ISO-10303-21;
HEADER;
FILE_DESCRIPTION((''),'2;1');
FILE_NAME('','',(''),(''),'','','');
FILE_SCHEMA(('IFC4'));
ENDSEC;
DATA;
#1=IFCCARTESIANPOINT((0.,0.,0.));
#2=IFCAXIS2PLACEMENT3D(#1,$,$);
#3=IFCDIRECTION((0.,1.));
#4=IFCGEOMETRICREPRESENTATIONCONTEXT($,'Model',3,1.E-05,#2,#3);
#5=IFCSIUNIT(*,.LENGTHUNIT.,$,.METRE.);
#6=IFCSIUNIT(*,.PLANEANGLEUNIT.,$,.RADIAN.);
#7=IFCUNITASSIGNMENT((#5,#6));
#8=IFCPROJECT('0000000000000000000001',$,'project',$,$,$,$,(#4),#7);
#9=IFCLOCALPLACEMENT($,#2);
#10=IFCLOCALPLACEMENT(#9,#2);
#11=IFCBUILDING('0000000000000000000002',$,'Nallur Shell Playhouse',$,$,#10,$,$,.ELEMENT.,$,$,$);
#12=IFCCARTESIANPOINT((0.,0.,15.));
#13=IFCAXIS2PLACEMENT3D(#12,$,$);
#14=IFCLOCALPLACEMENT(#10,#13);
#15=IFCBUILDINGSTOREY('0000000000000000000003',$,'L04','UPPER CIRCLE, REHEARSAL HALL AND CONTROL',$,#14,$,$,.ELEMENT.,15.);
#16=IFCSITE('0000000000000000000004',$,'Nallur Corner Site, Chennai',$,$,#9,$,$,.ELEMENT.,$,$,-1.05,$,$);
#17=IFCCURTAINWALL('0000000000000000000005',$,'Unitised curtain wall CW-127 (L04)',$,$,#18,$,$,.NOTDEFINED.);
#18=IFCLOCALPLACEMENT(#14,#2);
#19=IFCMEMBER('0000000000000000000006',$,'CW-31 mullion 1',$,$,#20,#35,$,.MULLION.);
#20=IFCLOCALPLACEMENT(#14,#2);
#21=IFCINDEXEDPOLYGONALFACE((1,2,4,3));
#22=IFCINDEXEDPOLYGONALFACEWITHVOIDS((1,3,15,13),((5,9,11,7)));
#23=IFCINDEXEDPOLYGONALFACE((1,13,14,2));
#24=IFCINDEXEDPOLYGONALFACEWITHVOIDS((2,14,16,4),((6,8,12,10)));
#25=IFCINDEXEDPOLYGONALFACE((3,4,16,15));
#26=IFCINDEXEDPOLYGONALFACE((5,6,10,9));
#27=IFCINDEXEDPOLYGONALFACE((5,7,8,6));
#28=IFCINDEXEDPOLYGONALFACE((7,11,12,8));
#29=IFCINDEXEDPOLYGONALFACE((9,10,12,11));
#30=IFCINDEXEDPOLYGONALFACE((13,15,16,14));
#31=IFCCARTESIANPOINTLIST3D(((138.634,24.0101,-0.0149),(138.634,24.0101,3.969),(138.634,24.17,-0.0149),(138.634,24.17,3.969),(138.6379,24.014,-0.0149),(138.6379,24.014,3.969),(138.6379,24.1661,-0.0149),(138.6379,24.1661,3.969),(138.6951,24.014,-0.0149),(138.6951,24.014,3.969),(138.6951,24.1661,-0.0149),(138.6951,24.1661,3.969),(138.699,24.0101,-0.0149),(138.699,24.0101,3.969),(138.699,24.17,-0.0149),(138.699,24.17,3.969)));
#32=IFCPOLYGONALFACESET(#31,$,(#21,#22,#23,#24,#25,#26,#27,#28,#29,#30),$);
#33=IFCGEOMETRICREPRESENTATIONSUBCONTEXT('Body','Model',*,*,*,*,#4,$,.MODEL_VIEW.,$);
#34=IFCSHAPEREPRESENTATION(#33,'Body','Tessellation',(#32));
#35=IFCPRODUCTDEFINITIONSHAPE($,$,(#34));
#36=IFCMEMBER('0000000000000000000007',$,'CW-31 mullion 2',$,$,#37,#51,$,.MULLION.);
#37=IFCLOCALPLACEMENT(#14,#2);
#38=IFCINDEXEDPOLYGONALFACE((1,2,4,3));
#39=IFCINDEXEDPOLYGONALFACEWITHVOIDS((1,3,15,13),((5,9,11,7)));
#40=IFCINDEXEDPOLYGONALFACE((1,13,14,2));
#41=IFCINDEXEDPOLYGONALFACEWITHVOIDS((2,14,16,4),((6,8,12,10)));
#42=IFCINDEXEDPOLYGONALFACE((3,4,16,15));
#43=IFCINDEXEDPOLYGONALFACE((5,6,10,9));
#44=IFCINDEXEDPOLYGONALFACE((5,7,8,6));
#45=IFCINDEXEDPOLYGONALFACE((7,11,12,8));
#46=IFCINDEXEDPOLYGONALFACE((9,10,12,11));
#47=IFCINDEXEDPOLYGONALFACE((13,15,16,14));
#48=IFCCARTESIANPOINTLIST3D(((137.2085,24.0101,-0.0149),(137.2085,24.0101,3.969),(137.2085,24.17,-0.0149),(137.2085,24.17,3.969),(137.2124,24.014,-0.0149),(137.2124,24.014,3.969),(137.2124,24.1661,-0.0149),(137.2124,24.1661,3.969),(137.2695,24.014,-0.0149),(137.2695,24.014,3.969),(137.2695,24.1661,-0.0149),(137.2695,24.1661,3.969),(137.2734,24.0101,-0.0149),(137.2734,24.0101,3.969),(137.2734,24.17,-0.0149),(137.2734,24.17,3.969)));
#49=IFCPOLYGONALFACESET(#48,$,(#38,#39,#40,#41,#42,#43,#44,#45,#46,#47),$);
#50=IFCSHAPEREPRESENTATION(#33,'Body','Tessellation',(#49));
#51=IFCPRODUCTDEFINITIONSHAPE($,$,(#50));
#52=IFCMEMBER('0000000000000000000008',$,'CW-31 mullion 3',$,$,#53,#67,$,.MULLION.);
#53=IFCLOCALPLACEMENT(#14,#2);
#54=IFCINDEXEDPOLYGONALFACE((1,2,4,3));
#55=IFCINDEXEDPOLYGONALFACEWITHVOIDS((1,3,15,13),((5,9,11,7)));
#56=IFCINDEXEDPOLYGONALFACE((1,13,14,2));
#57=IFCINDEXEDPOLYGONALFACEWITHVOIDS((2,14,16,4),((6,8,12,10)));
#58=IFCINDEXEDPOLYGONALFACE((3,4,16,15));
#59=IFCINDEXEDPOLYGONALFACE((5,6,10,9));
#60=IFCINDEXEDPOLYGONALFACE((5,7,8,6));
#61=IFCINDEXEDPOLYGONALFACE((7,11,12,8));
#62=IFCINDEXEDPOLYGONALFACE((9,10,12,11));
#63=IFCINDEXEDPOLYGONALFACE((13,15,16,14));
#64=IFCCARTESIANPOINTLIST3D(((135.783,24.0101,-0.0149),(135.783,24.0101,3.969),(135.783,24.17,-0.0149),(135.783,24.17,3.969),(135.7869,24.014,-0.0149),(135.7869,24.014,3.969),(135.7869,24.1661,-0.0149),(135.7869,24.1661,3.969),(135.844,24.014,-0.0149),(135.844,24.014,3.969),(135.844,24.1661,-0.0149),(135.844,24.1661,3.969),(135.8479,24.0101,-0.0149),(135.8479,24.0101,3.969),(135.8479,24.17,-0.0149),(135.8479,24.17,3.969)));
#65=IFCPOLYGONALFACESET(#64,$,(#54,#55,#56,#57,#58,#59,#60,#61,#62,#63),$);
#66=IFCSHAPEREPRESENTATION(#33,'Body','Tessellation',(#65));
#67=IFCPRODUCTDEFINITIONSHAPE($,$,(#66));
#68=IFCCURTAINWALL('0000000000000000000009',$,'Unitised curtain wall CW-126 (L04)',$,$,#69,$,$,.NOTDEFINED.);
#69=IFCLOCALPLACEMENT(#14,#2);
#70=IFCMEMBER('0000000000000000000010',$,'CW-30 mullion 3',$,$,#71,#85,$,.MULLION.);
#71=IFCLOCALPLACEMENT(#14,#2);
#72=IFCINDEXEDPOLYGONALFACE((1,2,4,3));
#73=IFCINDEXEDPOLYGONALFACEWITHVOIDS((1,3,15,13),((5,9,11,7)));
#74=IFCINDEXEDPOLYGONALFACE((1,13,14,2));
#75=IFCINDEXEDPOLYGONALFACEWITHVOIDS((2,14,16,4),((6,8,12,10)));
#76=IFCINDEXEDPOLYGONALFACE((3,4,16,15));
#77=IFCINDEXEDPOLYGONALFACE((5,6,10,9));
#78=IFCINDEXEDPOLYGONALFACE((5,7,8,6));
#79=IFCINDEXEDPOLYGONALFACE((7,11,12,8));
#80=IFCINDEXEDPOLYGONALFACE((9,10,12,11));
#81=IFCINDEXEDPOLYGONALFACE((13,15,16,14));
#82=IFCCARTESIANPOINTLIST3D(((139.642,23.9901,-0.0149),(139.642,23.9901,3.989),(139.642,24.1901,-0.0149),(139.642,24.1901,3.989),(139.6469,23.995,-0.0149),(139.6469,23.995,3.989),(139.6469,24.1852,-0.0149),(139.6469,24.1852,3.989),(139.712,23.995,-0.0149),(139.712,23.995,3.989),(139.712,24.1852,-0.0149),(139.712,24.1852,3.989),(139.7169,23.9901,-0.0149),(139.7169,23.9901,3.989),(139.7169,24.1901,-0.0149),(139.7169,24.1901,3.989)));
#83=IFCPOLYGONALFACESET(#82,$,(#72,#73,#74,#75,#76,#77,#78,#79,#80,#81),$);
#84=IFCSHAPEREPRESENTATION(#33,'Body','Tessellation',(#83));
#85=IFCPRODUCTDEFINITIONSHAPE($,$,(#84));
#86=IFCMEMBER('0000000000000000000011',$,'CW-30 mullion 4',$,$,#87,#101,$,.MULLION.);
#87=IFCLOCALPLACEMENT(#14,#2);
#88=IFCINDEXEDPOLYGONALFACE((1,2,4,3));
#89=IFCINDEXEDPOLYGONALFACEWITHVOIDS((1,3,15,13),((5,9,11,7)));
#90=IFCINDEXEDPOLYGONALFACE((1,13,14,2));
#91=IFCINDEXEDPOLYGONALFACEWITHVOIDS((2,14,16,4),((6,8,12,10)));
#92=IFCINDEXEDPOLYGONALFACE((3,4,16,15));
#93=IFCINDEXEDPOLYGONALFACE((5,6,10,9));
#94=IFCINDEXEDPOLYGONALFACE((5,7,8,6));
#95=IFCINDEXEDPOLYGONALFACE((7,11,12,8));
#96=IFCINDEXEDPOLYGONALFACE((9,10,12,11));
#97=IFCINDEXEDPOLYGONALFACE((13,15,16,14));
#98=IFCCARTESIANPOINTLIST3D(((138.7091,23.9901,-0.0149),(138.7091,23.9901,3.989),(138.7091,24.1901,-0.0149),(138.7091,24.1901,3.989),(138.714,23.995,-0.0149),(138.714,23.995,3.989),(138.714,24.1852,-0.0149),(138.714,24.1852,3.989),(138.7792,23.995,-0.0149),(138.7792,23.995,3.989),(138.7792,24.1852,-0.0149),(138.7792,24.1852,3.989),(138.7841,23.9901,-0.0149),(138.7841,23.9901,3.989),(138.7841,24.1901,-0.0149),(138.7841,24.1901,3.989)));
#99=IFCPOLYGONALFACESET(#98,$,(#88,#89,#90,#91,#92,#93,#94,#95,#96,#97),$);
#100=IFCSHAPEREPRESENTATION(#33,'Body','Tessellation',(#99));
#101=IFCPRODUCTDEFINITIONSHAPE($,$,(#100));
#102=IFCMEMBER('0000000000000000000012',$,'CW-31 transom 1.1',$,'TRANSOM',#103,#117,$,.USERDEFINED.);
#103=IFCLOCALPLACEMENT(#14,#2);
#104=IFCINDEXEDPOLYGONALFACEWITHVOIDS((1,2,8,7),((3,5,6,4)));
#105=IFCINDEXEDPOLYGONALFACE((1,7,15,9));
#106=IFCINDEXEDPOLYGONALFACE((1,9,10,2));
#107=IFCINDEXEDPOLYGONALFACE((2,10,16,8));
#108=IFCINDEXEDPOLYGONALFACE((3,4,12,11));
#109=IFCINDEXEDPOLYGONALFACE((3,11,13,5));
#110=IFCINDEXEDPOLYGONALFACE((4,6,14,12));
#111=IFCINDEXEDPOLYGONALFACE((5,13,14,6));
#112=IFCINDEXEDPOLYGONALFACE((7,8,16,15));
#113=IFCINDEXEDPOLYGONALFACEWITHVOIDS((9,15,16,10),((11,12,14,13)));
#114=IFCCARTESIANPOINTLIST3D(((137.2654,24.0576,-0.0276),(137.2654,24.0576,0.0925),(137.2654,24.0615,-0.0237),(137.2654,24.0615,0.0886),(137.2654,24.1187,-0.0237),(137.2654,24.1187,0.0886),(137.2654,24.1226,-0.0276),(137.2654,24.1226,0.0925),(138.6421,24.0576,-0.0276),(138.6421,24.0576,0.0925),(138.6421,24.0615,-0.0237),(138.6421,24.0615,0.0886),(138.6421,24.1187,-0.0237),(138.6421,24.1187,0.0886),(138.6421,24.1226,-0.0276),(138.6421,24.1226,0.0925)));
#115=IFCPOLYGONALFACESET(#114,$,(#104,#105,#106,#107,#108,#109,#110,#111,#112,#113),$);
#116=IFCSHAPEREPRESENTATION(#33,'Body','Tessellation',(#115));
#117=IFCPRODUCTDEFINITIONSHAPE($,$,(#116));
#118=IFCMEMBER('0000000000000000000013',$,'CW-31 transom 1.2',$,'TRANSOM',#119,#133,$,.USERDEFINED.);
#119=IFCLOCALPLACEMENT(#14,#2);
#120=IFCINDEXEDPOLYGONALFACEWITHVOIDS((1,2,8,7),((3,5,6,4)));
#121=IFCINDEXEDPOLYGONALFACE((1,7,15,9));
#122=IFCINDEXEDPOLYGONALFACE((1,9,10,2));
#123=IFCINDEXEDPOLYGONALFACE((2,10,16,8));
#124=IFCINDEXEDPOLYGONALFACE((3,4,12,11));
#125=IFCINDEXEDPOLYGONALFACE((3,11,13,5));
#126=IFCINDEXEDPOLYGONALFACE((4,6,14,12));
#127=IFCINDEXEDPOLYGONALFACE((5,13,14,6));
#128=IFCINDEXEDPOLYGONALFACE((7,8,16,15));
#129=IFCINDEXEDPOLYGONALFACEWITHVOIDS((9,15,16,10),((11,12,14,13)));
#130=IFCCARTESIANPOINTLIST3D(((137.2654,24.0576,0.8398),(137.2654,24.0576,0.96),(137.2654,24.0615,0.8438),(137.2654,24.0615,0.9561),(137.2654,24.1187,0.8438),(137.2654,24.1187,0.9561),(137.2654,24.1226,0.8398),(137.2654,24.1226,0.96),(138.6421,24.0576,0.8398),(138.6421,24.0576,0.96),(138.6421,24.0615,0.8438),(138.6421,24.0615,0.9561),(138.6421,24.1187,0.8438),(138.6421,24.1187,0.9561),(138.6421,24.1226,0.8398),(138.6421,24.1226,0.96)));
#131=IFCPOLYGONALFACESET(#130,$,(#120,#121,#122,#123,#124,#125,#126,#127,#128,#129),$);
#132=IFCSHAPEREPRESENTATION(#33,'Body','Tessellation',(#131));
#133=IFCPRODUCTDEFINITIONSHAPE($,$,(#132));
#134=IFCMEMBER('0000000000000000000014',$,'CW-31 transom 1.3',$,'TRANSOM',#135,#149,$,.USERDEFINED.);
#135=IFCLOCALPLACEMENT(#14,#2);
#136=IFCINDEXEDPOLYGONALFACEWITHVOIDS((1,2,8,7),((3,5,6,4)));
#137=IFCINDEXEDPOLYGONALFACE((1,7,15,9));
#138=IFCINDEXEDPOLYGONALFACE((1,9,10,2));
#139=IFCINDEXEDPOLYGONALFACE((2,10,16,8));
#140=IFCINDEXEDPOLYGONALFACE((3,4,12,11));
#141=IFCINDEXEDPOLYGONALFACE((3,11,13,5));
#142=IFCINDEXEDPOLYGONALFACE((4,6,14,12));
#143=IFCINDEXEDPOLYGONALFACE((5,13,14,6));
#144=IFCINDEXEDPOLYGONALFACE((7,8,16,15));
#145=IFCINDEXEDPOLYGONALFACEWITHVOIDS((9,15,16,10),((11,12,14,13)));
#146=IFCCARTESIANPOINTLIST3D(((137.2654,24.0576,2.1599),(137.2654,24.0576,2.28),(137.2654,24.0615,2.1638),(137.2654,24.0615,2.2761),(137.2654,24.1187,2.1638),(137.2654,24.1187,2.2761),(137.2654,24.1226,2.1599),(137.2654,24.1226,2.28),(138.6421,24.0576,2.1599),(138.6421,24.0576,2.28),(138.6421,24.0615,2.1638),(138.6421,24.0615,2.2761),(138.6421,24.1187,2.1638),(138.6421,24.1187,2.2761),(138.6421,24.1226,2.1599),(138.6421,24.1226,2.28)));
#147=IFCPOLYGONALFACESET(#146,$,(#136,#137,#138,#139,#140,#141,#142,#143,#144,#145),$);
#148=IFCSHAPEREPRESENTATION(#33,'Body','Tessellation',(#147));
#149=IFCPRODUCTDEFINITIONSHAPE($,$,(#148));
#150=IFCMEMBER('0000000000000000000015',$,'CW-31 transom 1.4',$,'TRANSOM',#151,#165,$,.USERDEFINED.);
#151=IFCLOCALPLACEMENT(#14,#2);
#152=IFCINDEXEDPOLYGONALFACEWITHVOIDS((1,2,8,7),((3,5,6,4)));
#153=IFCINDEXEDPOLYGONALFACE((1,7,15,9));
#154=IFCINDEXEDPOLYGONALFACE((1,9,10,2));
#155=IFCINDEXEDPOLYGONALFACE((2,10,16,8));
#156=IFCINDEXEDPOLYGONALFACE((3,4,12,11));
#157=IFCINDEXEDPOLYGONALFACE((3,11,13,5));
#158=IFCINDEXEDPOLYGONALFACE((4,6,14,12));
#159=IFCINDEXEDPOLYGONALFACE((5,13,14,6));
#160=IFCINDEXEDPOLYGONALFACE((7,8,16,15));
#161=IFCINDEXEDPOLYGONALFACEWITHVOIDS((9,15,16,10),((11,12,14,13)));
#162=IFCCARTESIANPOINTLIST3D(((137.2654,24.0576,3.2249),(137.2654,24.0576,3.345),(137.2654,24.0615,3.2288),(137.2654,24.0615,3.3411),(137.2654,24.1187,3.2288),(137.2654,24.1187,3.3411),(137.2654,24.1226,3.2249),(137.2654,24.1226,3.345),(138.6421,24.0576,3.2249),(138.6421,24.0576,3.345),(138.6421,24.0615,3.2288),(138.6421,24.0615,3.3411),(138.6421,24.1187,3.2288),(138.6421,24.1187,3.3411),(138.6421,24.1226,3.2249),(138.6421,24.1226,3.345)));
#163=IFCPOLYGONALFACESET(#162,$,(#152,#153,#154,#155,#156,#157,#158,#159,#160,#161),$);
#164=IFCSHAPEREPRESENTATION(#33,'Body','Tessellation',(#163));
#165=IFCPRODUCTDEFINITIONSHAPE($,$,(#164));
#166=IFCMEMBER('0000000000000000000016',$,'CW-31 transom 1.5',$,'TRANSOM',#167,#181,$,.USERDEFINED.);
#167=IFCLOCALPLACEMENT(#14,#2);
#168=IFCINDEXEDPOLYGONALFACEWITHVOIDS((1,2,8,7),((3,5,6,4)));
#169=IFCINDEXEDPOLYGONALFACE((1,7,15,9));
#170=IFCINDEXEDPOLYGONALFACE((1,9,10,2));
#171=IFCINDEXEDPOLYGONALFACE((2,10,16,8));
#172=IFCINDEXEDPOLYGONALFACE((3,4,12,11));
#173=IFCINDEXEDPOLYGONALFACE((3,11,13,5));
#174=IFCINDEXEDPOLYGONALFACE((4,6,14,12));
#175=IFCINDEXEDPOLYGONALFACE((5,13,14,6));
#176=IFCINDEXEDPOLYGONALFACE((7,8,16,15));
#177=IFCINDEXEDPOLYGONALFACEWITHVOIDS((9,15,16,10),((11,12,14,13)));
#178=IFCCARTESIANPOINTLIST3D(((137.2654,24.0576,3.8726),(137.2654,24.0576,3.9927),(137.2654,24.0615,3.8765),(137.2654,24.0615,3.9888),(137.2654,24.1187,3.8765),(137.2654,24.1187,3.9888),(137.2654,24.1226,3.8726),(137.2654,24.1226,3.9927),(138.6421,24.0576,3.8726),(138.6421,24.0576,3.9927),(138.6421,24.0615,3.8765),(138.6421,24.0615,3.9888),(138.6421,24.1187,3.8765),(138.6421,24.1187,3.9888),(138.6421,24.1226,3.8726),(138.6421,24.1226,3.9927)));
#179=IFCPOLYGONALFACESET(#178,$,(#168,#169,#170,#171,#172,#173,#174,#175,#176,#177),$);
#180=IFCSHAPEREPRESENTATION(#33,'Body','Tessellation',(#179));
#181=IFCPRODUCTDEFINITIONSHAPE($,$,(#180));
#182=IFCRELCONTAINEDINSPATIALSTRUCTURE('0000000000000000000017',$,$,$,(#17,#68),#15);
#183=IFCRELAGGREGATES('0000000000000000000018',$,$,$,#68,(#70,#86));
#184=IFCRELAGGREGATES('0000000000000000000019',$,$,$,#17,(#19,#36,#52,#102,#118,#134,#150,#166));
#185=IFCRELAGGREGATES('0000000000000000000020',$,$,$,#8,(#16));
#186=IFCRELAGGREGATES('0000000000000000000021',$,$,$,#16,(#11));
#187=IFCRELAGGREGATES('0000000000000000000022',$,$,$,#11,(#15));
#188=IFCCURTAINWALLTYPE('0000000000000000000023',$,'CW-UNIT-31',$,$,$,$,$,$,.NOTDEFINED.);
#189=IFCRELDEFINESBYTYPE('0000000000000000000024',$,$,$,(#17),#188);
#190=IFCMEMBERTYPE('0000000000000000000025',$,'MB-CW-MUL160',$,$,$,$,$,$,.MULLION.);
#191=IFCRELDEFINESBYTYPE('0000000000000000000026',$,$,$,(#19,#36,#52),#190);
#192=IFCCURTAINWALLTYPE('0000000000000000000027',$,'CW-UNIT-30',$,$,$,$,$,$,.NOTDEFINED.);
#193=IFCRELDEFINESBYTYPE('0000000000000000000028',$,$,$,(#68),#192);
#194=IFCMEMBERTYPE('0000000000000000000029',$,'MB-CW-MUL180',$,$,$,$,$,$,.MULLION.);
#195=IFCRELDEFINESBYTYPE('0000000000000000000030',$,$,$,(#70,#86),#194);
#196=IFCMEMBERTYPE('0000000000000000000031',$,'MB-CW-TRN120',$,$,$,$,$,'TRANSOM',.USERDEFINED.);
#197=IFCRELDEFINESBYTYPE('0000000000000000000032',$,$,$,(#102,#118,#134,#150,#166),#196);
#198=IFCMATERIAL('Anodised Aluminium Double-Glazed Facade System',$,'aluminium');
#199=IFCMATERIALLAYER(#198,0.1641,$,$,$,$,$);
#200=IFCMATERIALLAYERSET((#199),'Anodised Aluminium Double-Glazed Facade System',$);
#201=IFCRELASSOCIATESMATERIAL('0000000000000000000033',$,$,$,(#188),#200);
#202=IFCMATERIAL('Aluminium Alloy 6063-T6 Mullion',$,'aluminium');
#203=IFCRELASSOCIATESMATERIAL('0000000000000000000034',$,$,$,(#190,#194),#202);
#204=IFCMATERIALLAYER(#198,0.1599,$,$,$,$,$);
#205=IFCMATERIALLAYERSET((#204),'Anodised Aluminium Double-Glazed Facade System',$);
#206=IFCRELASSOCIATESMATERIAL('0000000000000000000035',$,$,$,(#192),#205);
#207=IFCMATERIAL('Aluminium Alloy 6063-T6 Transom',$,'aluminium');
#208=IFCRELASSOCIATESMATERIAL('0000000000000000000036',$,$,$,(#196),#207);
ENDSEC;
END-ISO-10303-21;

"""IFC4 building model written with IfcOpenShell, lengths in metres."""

from ifc_helpers import new_model, si_unit, direction, frame, origin, origin_2d, place, context, subcontext, project, spatial, hollow_rectangle, extrude, material, layer, layer_set, material_profile, profile_set, type_object, element, aggregate, save


model = new_model("IFC4")

# Units and contexts
model_context = context("Model", 3, precision=1e-05, world=origin(), true_north=direction((0.0, 1.0)))
body_context = subcontext(model_context, "Body", "Model", "MODEL_VIEW")
ifc_project = project(units=[si_unit("LENGTHUNIT", "METRE"), si_unit("PLANEANGLEUNIT", "RADIAN")], contexts=[model_context])

# Site, building, storey
site_placement = place(None, origin())
site = spatial("IfcSite", under=ifc_project, at=site_placement, Name="Nallur Corner Site, Chennai", CompositionType="ELEMENT", RefElevation=-1.05)
building_placement = place(site_placement, origin())
building = spatial("IfcBuilding", under=site, at=building_placement, Name="Nallur Shell Playhouse", CompositionType="ELEMENT")
storey_placement = place(building_placement, frame((0.0, 0.0, 15.0)))
storey = spatial("IfcBuildingStorey", under=building, at=storey_placement, Name="L04", Description="UPPER CIRCLE, REHEARSAL HALL AND CONTROL", CompositionType="ELEMENT", Elevation=15.0)

# Curtain walls, members
ifc_material_1 = material(Name="Anodised Aluminium Double-Glazed Facade System", Category="aluminium")
ifc_layer_1 = layer(ifc_material_1, 0.1641)
ifc_layer_set_1 = layer_set([ifc_layer_1], Name="Anodised Aluminium Double-Glazed Facade System")
curtain_wall_type_1 = type_object("IfcCurtainWallType", Name="CW-UNIT-31", PredefinedType="NOTDEFINED", material=ifc_layer_set_1)
curtain_wall_1_placement = place(storey_placement, origin())
curtain_wall_1 = element("IfcCurtainWall", 1, at=curtain_wall_1_placement, inside=storey, type_object=curtain_wall_type_1, Name="Unitised curtain wall CW-127 (L04)", PredefinedType="NOTDEFINED")
ifc_material_2 = material(Name="Aluminium Alloy 6063-T6 Mullion", Category="aluminium")
ifc_material_profile_1 = material_profile(ifc_material_2, hollow_rectangle(XDim=0.0649, YDim=0.1599, WallThickness=0.0039, at=origin_2d()), Name="ALU 65x160x4")
ifc_profile_set_1 = profile_set([ifc_material_profile_1], Name="Aluminium Alloy 6063-T6 Mullion")
member_type_1 = type_object("IfcMemberType", Name="MB-CW-MUL160", PredefinedType="MULLION", material=ifc_profile_set_1)
member_1_placement = place(storey_placement, frame((138.6665, 24.0901, -0.0149), z_axis=(0.0, 0.0, 1.0), x_axis=(-1.0, 0.0, 0.0)))
member_1 = element("IfcMember", 2, at=member_1_placement, type_object=member_type_1, Name="CW-31 mullion 1", PredefinedType="MULLION", context=body_context, shape_type="SweptSolid", body=[
    extrude(hollow_rectangle(XDim=0.0649, YDim=0.1599, WallThickness=0.0039, at=origin_2d()), origin(), (0.0, 0.0, 1.0), 3.9839),
])
member_2_placement = place(storey_placement, frame((137.241, 24.0901, -0.0149), z_axis=(0.0, 0.0, 1.0), x_axis=(-1.0, 0.0, 0.0)))
member_2 = element("IfcMember", 3, at=member_2_placement, type_object=member_type_1, Name="CW-31 mullion 2", PredefinedType="MULLION", context=body_context, shape_type="SweptSolid", body=[
    extrude(hollow_rectangle(XDim=0.0649, YDim=0.1599, WallThickness=0.0039, at=origin_2d()), origin(), (0.0, 0.0, 1.0), 3.9839),
])
member_3_placement = place(storey_placement, frame((135.8154, 24.0901, -0.0149), z_axis=(0.0, 0.0, 1.0), x_axis=(-1.0, 0.0, 0.0)))
member_3 = element("IfcMember", 4, at=member_3_placement, type_object=member_type_1, Name="CW-31 mullion 3", PredefinedType="MULLION", context=body_context, shape_type="SweptSolid", body=[
    extrude(hollow_rectangle(XDim=0.0649, YDim=0.1599, WallThickness=0.0039, at=origin_2d()), origin(), (0.0, 0.0, 1.0), 3.9839),
])
ifc_layer_2 = layer(ifc_material_1, 0.1599)
ifc_layer_set_2 = layer_set([ifc_layer_2], Name="Anodised Aluminium Double-Glazed Facade System")
curtain_wall_type_2 = type_object("IfcCurtainWallType", Name="CW-UNIT-30", PredefinedType="NOTDEFINED", material=ifc_layer_set_2)
curtain_wall_2_placement = place(storey_placement, origin())
curtain_wall_2 = element("IfcCurtainWall", 5, at=curtain_wall_2_placement, inside=storey, type_object=curtain_wall_type_2, Name="Unitised curtain wall CW-126 (L04)", PredefinedType="NOTDEFINED")
ifc_material_profile_2 = material_profile(ifc_material_2, hollow_rectangle(XDim=0.075, YDim=0.2, WallThickness=0.0049, at=origin_2d()), Name="ALU 75x200x5")
ifc_profile_set_2 = profile_set([ifc_material_profile_2], Name="Aluminium Alloy 6063-T6 Mullion")
member_type_2 = type_object("IfcMemberType", Name="MB-CW-MUL180", PredefinedType="MULLION", material=ifc_profile_set_2)
member_4_placement = place(storey_placement, frame((139.6794, 24.0901, -0.0149), z_axis=(0.0, 0.0, 1.0), x_axis=(-1.0, 0.0, 0.0)))
member_4 = element("IfcMember", 6, at=member_4_placement, type_object=member_type_2, Name="CW-30 mullion 3", PredefinedType="MULLION", context=body_context, shape_type="SweptSolid", body=[
    extrude(hollow_rectangle(XDim=0.075, YDim=0.2, WallThickness=0.0049, at=origin_2d()), origin(), (0.0, 0.0, 1.0), 4.0039),
])
member_5_placement = place(storey_placement, frame((138.7466, 24.0901, -0.0149), z_axis=(0.0, 0.0, 1.0), x_axis=(-1.0, 0.0, 0.0)))
member_5 = element("IfcMember", 7, at=member_5_placement, type_object=member_type_2, Name="CW-30 mullion 4", PredefinedType="MULLION", context=body_context, shape_type="SweptSolid", body=[
    extrude(hollow_rectangle(XDim=0.075, YDim=0.2, WallThickness=0.0049, at=origin_2d()), origin(), (0.0, 0.0, 1.0), 4.0039),
])

# Members
ifc_material_3 = material(Name="Aluminium Alloy 6063-T6 Transom", Category="aluminium")
ifc_material_profile_3 = material_profile(ifc_material_3, hollow_rectangle(XDim=0.0649, YDim=0.1201, WallThickness=0.0039, at=origin_2d()), Name="ALU 65x120x4")
ifc_profile_set_3 = profile_set([ifc_material_profile_3], Name="Aluminium Alloy 6063-T6 Transom")
member_type_3 = type_object("IfcMemberType", Name="MB-CW-TRN120", ElementType="TRANSOM", PredefinedType="USERDEFINED", material=ifc_profile_set_3)
member_6_placement = place(storey_placement, frame((138.6421, 24.0901, 0.0325), z_axis=(-1.0, 0.0, 0.0), x_axis=(0.0, -1.0, 0.0)))
member_6 = element("IfcMember", 8, at=member_6_placement, type_object=member_type_3, Name="CW-31 transom 1.1", ObjectType="TRANSOM", PredefinedType="USERDEFINED", context=body_context, shape_type="SweptSolid", body=[
    extrude(hollow_rectangle(XDim=0.0649, YDim=0.1201, WallThickness=0.0039, at=origin_2d()), origin(), (0.0, 0.0, 1.0), 1.3767),
])
member_7_placement = place(storey_placement, frame((138.6421, 24.0901, 0.8999), z_axis=(-1.0, 0.0, 0.0), x_axis=(0.0, -1.0, 0.0)))
member_7 = element("IfcMember", 9, at=member_7_placement, type_object=member_type_3, Name="CW-31 transom 1.2", ObjectType="TRANSOM", PredefinedType="USERDEFINED", context=body_context, shape_type="SweptSolid", body=[
    extrude(hollow_rectangle(XDim=0.0649, YDim=0.1201, WallThickness=0.0039, at=origin_2d()), origin(), (0.0, 0.0, 1.0), 1.3767),
])
member_8_placement = place(storey_placement, frame((138.6421, 24.0901, 2.22), z_axis=(-1.0, 0.0, 0.0), x_axis=(0.0, -1.0, 0.0)))
member_8 = element("IfcMember", 10, at=member_8_placement, type_object=member_type_3, Name="CW-31 transom 1.3", ObjectType="TRANSOM", PredefinedType="USERDEFINED", context=body_context, shape_type="SweptSolid", body=[
    extrude(hollow_rectangle(XDim=0.0649, YDim=0.1201, WallThickness=0.0039, at=origin_2d()), origin(), (0.0, 0.0, 1.0), 1.3767),
])
member_9_placement = place(storey_placement, frame((138.6421, 24.0901, 3.2849), z_axis=(-1.0, 0.0, 0.0), x_axis=(0.0, -1.0, 0.0)))
member_9 = element("IfcMember", 11, at=member_9_placement, type_object=member_type_3, Name="CW-31 transom 1.4", ObjectType="TRANSOM", PredefinedType="USERDEFINED", context=body_context, shape_type="SweptSolid", body=[
    extrude(hollow_rectangle(XDim=0.0649, YDim=0.1201, WallThickness=0.0039, at=origin_2d()), origin(), (0.0, 0.0, 1.0), 1.3767),
])
member_10_placement = place(storey_placement, frame((138.6421, 24.0901, 3.9326), z_axis=(-1.0, 0.0, 0.0), x_axis=(0.0, -1.0, 0.0)))
member_10 = element("IfcMember", 12, at=member_10_placement, type_object=member_type_3, Name="CW-31 transom 1.5", ObjectType="TRANSOM", PredefinedType="USERDEFINED", context=body_context, shape_type="SweptSolid", body=[
    extrude(hollow_rectangle(XDim=0.0649, YDim=0.1201, WallThickness=0.0039, at=origin_2d()), origin(), (0.0, 0.0, 1.0), 1.3767),
])

aggregate(curtain_wall_2, [member_4, member_5])
aggregate(curtain_wall_1, [member_1, member_2, member_3, member_6, member_7, member_8, member_9, member_10])

save(model, "model.ifc")
